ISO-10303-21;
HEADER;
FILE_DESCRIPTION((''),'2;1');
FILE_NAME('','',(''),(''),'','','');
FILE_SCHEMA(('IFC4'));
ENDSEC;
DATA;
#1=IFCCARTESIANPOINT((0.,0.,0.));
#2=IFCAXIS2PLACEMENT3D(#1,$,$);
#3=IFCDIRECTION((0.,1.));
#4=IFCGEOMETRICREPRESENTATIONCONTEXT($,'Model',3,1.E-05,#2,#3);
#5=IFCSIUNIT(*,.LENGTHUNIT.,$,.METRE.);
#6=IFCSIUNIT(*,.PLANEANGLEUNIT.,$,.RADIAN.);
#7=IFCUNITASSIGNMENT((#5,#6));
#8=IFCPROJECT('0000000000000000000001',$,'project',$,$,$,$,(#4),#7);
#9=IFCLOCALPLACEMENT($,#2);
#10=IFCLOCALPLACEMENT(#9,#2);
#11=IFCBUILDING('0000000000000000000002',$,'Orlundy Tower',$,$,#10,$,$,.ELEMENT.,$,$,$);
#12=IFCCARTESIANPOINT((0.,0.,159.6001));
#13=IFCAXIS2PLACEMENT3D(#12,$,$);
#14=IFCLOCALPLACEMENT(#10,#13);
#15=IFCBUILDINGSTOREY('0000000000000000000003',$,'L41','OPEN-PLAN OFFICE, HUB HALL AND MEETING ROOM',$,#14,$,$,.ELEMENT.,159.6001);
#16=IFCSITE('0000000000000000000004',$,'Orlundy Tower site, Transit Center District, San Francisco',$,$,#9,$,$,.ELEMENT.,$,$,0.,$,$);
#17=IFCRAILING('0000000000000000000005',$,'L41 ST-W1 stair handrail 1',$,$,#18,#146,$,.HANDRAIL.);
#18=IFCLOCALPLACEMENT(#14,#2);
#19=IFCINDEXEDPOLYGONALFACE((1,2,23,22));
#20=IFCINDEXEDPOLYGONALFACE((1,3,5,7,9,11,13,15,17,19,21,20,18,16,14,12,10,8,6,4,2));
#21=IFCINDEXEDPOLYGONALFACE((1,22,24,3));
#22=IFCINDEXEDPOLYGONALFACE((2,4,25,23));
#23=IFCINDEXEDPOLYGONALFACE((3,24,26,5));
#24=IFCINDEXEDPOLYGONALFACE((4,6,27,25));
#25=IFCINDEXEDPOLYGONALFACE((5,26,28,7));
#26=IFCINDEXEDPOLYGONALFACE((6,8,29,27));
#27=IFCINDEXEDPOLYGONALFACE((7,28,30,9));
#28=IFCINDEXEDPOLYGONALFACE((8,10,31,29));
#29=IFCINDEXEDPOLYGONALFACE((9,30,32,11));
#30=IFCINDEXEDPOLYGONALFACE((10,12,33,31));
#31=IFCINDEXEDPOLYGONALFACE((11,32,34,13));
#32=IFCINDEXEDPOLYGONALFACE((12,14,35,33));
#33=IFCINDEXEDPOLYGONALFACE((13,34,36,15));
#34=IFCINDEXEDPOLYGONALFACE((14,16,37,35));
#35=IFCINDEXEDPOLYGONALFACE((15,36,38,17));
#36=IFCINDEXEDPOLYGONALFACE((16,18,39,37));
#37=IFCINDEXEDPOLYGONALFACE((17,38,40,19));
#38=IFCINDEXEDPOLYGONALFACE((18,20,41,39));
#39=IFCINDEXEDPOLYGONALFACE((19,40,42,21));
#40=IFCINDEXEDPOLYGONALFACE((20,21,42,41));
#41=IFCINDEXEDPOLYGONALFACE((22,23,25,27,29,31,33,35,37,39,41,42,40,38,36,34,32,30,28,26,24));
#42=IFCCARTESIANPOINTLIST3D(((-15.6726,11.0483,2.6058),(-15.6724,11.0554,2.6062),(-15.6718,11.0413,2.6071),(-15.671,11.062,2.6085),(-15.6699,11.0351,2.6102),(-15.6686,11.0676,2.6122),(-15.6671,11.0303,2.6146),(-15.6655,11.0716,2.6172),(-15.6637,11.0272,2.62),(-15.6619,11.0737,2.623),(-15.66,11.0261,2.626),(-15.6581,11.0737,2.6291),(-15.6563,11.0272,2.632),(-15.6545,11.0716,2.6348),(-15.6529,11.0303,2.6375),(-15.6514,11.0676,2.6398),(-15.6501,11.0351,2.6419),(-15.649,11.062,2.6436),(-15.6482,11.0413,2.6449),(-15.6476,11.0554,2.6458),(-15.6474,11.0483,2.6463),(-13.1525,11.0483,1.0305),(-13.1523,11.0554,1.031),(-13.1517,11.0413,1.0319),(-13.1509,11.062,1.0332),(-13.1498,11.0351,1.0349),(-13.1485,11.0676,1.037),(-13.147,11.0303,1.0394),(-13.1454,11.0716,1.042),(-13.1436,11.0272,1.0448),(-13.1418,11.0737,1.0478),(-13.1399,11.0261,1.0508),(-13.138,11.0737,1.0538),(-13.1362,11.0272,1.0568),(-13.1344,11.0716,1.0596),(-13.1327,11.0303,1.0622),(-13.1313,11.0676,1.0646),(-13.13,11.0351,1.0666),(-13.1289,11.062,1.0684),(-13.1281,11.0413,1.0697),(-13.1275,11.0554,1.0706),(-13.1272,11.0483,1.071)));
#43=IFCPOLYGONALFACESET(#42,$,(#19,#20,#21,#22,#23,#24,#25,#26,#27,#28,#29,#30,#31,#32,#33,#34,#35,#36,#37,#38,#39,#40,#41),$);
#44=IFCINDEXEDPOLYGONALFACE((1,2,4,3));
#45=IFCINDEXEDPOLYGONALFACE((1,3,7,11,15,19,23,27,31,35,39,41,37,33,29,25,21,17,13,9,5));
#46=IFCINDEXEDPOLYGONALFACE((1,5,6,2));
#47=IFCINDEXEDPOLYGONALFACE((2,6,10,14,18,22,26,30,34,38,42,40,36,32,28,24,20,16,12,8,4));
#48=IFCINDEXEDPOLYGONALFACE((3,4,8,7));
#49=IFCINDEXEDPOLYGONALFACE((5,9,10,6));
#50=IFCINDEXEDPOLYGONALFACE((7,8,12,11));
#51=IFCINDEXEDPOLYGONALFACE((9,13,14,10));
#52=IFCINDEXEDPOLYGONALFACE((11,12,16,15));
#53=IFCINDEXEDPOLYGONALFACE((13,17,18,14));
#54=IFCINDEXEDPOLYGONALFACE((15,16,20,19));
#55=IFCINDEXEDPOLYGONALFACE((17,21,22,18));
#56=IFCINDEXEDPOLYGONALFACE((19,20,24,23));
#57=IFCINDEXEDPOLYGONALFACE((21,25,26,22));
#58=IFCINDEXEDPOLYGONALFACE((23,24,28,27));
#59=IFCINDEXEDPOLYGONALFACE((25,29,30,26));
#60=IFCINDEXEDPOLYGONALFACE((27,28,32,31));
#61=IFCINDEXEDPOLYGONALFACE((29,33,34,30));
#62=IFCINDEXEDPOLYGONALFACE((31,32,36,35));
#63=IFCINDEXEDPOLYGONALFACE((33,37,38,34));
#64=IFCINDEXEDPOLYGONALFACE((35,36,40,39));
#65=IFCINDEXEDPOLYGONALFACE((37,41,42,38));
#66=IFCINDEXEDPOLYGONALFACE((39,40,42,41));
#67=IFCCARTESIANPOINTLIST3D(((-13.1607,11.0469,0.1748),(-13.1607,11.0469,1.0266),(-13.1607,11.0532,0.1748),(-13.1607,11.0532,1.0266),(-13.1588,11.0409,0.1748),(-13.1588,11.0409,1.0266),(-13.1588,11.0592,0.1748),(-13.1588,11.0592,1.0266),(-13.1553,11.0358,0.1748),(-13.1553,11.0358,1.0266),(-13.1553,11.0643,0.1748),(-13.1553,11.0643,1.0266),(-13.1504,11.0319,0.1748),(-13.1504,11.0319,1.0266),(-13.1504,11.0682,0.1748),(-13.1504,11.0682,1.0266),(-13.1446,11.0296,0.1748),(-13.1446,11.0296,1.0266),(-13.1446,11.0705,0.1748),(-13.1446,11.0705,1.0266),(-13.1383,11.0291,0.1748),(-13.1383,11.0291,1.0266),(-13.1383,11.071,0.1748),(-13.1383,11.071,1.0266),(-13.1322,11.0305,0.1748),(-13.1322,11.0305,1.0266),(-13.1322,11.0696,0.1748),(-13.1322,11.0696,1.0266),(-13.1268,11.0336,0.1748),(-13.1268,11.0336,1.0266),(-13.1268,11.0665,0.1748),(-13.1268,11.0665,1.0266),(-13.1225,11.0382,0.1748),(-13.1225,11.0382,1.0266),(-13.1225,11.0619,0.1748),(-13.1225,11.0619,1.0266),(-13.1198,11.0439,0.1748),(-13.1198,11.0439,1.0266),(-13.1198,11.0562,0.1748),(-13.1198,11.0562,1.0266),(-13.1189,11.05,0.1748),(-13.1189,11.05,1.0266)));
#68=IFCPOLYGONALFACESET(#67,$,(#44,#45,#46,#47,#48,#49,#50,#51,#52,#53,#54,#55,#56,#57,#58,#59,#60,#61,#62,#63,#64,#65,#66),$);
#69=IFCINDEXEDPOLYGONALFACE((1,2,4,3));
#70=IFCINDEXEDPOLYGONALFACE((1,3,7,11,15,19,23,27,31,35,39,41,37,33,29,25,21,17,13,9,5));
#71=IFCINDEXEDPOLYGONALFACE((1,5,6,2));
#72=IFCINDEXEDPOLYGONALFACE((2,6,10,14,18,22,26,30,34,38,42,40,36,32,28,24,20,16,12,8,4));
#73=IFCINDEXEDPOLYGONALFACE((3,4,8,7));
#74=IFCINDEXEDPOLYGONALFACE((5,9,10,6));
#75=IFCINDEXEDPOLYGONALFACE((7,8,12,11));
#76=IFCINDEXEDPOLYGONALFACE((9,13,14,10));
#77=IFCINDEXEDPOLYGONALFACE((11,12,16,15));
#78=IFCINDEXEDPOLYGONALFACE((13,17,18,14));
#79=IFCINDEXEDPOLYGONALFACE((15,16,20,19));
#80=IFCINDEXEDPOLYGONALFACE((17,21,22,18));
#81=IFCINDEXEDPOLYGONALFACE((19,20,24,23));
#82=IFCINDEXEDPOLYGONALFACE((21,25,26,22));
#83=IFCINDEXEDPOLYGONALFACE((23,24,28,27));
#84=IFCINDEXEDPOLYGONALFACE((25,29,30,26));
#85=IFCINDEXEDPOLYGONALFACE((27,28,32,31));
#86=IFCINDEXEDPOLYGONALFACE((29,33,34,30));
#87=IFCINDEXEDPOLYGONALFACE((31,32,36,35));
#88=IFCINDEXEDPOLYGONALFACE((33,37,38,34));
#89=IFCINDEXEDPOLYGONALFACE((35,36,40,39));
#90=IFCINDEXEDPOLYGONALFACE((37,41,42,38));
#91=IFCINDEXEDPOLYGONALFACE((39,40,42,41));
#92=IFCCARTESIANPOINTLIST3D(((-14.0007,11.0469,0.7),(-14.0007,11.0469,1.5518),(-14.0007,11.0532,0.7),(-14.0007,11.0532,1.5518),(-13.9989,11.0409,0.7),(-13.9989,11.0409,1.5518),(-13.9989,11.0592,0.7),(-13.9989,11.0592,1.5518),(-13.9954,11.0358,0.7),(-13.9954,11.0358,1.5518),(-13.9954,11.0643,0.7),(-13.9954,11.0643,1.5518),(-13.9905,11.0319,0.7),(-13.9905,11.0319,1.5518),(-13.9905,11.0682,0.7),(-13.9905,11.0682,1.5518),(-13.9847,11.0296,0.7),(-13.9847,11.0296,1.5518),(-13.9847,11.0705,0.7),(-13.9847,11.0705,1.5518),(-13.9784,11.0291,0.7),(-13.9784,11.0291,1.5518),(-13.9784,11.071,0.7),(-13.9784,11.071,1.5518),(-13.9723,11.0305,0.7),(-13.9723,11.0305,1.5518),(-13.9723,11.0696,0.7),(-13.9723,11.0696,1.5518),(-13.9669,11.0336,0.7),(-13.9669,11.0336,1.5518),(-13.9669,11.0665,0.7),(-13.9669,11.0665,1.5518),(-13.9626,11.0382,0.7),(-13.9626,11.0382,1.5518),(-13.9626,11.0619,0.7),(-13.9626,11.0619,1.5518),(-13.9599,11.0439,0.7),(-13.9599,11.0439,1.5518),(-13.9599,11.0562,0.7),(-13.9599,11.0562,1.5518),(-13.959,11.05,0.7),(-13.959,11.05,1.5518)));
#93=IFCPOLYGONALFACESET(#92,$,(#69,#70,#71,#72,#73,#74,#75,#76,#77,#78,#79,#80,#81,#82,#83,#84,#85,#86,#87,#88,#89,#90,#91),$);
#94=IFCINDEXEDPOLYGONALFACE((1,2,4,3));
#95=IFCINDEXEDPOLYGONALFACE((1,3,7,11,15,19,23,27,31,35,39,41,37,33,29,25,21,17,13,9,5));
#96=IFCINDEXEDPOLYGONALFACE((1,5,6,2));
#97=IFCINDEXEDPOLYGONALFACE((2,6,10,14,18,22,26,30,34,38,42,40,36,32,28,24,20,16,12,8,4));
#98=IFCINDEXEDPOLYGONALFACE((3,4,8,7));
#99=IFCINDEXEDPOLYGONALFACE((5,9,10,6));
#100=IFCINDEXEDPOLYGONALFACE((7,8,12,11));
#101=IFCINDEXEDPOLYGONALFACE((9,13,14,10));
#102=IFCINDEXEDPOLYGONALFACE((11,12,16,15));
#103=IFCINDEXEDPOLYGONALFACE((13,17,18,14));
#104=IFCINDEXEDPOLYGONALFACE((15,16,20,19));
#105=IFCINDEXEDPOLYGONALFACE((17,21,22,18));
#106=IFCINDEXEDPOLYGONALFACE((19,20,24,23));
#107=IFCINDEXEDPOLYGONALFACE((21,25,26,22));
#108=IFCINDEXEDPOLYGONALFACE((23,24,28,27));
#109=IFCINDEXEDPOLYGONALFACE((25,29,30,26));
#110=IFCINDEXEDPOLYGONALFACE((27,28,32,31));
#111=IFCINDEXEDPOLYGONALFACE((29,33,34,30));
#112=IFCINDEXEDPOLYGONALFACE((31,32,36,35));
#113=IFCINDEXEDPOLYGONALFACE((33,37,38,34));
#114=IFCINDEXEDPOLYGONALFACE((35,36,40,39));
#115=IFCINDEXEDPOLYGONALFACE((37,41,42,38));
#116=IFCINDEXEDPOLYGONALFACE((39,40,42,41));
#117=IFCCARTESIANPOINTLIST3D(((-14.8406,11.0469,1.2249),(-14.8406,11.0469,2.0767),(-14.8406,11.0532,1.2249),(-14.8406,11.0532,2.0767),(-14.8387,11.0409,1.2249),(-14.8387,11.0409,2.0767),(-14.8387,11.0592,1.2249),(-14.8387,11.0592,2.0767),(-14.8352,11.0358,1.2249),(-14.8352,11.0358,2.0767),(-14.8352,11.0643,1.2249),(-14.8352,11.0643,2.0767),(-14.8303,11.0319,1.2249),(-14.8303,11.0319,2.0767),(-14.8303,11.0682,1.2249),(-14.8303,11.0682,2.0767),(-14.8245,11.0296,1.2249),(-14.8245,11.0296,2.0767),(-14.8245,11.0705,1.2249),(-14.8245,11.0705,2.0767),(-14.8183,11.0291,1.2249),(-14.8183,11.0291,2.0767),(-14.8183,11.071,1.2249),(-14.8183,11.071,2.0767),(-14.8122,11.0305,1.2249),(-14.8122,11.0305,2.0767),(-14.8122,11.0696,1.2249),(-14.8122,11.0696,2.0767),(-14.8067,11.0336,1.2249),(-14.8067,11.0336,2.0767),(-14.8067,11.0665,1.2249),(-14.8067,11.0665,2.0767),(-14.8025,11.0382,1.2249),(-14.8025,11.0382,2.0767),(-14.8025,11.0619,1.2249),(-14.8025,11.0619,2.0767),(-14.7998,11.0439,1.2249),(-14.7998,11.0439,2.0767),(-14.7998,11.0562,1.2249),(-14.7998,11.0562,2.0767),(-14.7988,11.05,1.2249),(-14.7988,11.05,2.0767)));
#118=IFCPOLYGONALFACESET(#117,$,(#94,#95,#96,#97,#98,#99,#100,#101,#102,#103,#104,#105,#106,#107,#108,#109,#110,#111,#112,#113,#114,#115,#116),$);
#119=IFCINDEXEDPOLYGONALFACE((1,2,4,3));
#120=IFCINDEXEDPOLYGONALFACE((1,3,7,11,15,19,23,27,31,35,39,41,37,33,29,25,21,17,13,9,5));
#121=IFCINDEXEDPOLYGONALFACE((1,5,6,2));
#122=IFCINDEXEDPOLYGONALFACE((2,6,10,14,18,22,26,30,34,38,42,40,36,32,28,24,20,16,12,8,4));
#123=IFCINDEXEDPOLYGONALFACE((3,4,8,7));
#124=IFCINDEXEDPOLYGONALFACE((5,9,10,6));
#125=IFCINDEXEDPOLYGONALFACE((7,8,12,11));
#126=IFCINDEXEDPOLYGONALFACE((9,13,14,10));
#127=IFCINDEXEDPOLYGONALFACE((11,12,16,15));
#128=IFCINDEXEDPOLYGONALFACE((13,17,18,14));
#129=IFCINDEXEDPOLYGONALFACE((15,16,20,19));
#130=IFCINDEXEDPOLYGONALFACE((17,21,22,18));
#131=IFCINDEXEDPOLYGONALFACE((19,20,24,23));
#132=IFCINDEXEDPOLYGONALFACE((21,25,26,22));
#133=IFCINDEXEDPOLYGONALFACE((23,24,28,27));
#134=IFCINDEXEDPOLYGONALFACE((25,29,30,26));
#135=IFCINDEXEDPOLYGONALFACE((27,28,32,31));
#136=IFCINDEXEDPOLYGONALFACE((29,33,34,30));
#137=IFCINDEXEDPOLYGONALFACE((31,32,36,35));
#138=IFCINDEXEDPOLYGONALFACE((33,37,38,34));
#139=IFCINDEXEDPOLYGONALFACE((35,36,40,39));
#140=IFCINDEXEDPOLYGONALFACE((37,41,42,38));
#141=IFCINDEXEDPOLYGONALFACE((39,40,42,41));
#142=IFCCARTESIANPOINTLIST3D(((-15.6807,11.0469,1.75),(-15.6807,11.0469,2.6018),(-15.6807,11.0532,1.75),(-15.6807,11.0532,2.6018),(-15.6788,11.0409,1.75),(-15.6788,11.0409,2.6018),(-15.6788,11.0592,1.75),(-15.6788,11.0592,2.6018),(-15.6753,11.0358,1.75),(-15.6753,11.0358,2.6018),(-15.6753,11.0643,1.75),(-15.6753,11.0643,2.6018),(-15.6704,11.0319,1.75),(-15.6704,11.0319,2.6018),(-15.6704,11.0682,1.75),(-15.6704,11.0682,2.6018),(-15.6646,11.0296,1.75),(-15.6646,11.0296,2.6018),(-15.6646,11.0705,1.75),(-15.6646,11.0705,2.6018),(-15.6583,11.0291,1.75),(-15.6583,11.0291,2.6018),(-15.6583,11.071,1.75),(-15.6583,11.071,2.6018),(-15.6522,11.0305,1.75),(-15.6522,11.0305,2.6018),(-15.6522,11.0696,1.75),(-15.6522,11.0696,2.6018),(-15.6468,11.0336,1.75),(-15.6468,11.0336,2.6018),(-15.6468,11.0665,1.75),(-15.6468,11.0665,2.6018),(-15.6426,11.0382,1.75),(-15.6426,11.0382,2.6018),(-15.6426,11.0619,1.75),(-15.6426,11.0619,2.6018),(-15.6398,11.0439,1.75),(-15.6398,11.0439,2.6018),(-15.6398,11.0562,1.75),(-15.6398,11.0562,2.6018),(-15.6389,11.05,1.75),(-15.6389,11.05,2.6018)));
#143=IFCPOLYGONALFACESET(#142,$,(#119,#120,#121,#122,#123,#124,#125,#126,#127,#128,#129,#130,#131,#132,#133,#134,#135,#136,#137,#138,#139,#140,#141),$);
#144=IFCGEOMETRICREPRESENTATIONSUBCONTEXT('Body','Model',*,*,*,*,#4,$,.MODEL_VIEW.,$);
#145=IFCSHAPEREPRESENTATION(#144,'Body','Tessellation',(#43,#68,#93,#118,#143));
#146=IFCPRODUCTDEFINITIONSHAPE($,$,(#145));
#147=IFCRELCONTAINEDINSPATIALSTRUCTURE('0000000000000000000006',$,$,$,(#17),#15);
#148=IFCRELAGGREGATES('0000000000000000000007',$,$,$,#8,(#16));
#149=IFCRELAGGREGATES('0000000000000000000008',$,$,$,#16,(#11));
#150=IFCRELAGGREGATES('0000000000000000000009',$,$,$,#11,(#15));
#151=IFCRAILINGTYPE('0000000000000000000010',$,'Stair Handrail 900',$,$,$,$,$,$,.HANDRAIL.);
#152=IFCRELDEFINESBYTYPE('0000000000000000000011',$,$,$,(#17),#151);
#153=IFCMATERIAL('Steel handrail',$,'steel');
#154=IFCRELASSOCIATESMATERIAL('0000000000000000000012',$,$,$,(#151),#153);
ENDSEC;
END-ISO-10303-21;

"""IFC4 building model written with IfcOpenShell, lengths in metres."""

from ifc_helpers import new_model, si_unit, direction, frame, origin, origin_2d, place, context, subcontext, project, spatial, circle, extrude, material, type_object, element, save


model = new_model("IFC4")

# Units and contexts
model_context = context("Model", 3, precision=1e-05, world=origin(), true_north=direction((0.0, 1.0)))
body_context = subcontext(model_context, "Body", "Model", "MODEL_VIEW")
ifc_project = project(units=[si_unit("LENGTHUNIT", "METRE"), si_unit("PLANEANGLEUNIT", "RADIAN")], contexts=[model_context])

# Site, building, storey
site_placement = place(None, origin())
site = spatial("IfcSite", under=ifc_project, at=site_placement, Name="Orlundy Tower site, Transit Center District, San Francisco", CompositionType="ELEMENT", RefElevation=0.0)
building_placement = place(site_placement, origin())
building = spatial("IfcBuilding", under=site, at=building_placement, Name="Orlundy Tower", CompositionType="ELEMENT")
storey_placement = place(building_placement, frame((0.0, 0.0, 159.6001)))
storey = spatial("IfcBuildingStorey", under=building, at=storey_placement, Name="L41", Description="OPEN-PLAN OFFICE, HUB HALL AND MEETING ROOM", CompositionType="ELEMENT", Elevation=159.6001)

# Railing
ifc_material_1 = material(Name="Steel handrail", Category="steel")
railing_type_1 = type_object("IfcRailingType", Name="Stair Handrail 900", PredefinedType="HANDRAIL", material=ifc_material_1)
railing_1_placement = place(storey_placement, frame((-13.1399, 11.05, 0.1748)))
element("IfcRailing", 1, at=railing_1_placement, inside=storey, type_object=railing_type_1, Name="L41 ST-W1 stair handrail 1", PredefinedType="HANDRAIL", context=body_context, shape_type="SweptSolid", body=[
    extrude(circle(Radius=0.0239, at=origin_2d()), frame((0.0, 0.0, 0.876), z_axis=(-0.847971, 0.0, 0.530043), x_axis=(0.0, -1.0, 0.0)), (0.0, 0.0, 1.0), 2.9719),
    extrude(circle(Radius=0.021, at=origin_2d()), origin(), (0.0, 0.0, 1.0), 0.8518),
    extrude(circle(Radius=0.021, at=origin_2d()), frame((-0.8401, 0.0, 0.5251)), (0.0, 0.0, 1.0), 0.8518),
    extrude(circle(Radius=0.021, at=origin_2d()), frame((-1.6799, 0.0, 1.05)), (0.0, 0.0, 1.0), 0.8518),
    extrude(circle(Radius=0.021, at=origin_2d()), frame((-2.52, 0.0, 1.5752)), (0.0, 0.0, 1.0), 0.8518),
])

save(model, "model.ifc")
